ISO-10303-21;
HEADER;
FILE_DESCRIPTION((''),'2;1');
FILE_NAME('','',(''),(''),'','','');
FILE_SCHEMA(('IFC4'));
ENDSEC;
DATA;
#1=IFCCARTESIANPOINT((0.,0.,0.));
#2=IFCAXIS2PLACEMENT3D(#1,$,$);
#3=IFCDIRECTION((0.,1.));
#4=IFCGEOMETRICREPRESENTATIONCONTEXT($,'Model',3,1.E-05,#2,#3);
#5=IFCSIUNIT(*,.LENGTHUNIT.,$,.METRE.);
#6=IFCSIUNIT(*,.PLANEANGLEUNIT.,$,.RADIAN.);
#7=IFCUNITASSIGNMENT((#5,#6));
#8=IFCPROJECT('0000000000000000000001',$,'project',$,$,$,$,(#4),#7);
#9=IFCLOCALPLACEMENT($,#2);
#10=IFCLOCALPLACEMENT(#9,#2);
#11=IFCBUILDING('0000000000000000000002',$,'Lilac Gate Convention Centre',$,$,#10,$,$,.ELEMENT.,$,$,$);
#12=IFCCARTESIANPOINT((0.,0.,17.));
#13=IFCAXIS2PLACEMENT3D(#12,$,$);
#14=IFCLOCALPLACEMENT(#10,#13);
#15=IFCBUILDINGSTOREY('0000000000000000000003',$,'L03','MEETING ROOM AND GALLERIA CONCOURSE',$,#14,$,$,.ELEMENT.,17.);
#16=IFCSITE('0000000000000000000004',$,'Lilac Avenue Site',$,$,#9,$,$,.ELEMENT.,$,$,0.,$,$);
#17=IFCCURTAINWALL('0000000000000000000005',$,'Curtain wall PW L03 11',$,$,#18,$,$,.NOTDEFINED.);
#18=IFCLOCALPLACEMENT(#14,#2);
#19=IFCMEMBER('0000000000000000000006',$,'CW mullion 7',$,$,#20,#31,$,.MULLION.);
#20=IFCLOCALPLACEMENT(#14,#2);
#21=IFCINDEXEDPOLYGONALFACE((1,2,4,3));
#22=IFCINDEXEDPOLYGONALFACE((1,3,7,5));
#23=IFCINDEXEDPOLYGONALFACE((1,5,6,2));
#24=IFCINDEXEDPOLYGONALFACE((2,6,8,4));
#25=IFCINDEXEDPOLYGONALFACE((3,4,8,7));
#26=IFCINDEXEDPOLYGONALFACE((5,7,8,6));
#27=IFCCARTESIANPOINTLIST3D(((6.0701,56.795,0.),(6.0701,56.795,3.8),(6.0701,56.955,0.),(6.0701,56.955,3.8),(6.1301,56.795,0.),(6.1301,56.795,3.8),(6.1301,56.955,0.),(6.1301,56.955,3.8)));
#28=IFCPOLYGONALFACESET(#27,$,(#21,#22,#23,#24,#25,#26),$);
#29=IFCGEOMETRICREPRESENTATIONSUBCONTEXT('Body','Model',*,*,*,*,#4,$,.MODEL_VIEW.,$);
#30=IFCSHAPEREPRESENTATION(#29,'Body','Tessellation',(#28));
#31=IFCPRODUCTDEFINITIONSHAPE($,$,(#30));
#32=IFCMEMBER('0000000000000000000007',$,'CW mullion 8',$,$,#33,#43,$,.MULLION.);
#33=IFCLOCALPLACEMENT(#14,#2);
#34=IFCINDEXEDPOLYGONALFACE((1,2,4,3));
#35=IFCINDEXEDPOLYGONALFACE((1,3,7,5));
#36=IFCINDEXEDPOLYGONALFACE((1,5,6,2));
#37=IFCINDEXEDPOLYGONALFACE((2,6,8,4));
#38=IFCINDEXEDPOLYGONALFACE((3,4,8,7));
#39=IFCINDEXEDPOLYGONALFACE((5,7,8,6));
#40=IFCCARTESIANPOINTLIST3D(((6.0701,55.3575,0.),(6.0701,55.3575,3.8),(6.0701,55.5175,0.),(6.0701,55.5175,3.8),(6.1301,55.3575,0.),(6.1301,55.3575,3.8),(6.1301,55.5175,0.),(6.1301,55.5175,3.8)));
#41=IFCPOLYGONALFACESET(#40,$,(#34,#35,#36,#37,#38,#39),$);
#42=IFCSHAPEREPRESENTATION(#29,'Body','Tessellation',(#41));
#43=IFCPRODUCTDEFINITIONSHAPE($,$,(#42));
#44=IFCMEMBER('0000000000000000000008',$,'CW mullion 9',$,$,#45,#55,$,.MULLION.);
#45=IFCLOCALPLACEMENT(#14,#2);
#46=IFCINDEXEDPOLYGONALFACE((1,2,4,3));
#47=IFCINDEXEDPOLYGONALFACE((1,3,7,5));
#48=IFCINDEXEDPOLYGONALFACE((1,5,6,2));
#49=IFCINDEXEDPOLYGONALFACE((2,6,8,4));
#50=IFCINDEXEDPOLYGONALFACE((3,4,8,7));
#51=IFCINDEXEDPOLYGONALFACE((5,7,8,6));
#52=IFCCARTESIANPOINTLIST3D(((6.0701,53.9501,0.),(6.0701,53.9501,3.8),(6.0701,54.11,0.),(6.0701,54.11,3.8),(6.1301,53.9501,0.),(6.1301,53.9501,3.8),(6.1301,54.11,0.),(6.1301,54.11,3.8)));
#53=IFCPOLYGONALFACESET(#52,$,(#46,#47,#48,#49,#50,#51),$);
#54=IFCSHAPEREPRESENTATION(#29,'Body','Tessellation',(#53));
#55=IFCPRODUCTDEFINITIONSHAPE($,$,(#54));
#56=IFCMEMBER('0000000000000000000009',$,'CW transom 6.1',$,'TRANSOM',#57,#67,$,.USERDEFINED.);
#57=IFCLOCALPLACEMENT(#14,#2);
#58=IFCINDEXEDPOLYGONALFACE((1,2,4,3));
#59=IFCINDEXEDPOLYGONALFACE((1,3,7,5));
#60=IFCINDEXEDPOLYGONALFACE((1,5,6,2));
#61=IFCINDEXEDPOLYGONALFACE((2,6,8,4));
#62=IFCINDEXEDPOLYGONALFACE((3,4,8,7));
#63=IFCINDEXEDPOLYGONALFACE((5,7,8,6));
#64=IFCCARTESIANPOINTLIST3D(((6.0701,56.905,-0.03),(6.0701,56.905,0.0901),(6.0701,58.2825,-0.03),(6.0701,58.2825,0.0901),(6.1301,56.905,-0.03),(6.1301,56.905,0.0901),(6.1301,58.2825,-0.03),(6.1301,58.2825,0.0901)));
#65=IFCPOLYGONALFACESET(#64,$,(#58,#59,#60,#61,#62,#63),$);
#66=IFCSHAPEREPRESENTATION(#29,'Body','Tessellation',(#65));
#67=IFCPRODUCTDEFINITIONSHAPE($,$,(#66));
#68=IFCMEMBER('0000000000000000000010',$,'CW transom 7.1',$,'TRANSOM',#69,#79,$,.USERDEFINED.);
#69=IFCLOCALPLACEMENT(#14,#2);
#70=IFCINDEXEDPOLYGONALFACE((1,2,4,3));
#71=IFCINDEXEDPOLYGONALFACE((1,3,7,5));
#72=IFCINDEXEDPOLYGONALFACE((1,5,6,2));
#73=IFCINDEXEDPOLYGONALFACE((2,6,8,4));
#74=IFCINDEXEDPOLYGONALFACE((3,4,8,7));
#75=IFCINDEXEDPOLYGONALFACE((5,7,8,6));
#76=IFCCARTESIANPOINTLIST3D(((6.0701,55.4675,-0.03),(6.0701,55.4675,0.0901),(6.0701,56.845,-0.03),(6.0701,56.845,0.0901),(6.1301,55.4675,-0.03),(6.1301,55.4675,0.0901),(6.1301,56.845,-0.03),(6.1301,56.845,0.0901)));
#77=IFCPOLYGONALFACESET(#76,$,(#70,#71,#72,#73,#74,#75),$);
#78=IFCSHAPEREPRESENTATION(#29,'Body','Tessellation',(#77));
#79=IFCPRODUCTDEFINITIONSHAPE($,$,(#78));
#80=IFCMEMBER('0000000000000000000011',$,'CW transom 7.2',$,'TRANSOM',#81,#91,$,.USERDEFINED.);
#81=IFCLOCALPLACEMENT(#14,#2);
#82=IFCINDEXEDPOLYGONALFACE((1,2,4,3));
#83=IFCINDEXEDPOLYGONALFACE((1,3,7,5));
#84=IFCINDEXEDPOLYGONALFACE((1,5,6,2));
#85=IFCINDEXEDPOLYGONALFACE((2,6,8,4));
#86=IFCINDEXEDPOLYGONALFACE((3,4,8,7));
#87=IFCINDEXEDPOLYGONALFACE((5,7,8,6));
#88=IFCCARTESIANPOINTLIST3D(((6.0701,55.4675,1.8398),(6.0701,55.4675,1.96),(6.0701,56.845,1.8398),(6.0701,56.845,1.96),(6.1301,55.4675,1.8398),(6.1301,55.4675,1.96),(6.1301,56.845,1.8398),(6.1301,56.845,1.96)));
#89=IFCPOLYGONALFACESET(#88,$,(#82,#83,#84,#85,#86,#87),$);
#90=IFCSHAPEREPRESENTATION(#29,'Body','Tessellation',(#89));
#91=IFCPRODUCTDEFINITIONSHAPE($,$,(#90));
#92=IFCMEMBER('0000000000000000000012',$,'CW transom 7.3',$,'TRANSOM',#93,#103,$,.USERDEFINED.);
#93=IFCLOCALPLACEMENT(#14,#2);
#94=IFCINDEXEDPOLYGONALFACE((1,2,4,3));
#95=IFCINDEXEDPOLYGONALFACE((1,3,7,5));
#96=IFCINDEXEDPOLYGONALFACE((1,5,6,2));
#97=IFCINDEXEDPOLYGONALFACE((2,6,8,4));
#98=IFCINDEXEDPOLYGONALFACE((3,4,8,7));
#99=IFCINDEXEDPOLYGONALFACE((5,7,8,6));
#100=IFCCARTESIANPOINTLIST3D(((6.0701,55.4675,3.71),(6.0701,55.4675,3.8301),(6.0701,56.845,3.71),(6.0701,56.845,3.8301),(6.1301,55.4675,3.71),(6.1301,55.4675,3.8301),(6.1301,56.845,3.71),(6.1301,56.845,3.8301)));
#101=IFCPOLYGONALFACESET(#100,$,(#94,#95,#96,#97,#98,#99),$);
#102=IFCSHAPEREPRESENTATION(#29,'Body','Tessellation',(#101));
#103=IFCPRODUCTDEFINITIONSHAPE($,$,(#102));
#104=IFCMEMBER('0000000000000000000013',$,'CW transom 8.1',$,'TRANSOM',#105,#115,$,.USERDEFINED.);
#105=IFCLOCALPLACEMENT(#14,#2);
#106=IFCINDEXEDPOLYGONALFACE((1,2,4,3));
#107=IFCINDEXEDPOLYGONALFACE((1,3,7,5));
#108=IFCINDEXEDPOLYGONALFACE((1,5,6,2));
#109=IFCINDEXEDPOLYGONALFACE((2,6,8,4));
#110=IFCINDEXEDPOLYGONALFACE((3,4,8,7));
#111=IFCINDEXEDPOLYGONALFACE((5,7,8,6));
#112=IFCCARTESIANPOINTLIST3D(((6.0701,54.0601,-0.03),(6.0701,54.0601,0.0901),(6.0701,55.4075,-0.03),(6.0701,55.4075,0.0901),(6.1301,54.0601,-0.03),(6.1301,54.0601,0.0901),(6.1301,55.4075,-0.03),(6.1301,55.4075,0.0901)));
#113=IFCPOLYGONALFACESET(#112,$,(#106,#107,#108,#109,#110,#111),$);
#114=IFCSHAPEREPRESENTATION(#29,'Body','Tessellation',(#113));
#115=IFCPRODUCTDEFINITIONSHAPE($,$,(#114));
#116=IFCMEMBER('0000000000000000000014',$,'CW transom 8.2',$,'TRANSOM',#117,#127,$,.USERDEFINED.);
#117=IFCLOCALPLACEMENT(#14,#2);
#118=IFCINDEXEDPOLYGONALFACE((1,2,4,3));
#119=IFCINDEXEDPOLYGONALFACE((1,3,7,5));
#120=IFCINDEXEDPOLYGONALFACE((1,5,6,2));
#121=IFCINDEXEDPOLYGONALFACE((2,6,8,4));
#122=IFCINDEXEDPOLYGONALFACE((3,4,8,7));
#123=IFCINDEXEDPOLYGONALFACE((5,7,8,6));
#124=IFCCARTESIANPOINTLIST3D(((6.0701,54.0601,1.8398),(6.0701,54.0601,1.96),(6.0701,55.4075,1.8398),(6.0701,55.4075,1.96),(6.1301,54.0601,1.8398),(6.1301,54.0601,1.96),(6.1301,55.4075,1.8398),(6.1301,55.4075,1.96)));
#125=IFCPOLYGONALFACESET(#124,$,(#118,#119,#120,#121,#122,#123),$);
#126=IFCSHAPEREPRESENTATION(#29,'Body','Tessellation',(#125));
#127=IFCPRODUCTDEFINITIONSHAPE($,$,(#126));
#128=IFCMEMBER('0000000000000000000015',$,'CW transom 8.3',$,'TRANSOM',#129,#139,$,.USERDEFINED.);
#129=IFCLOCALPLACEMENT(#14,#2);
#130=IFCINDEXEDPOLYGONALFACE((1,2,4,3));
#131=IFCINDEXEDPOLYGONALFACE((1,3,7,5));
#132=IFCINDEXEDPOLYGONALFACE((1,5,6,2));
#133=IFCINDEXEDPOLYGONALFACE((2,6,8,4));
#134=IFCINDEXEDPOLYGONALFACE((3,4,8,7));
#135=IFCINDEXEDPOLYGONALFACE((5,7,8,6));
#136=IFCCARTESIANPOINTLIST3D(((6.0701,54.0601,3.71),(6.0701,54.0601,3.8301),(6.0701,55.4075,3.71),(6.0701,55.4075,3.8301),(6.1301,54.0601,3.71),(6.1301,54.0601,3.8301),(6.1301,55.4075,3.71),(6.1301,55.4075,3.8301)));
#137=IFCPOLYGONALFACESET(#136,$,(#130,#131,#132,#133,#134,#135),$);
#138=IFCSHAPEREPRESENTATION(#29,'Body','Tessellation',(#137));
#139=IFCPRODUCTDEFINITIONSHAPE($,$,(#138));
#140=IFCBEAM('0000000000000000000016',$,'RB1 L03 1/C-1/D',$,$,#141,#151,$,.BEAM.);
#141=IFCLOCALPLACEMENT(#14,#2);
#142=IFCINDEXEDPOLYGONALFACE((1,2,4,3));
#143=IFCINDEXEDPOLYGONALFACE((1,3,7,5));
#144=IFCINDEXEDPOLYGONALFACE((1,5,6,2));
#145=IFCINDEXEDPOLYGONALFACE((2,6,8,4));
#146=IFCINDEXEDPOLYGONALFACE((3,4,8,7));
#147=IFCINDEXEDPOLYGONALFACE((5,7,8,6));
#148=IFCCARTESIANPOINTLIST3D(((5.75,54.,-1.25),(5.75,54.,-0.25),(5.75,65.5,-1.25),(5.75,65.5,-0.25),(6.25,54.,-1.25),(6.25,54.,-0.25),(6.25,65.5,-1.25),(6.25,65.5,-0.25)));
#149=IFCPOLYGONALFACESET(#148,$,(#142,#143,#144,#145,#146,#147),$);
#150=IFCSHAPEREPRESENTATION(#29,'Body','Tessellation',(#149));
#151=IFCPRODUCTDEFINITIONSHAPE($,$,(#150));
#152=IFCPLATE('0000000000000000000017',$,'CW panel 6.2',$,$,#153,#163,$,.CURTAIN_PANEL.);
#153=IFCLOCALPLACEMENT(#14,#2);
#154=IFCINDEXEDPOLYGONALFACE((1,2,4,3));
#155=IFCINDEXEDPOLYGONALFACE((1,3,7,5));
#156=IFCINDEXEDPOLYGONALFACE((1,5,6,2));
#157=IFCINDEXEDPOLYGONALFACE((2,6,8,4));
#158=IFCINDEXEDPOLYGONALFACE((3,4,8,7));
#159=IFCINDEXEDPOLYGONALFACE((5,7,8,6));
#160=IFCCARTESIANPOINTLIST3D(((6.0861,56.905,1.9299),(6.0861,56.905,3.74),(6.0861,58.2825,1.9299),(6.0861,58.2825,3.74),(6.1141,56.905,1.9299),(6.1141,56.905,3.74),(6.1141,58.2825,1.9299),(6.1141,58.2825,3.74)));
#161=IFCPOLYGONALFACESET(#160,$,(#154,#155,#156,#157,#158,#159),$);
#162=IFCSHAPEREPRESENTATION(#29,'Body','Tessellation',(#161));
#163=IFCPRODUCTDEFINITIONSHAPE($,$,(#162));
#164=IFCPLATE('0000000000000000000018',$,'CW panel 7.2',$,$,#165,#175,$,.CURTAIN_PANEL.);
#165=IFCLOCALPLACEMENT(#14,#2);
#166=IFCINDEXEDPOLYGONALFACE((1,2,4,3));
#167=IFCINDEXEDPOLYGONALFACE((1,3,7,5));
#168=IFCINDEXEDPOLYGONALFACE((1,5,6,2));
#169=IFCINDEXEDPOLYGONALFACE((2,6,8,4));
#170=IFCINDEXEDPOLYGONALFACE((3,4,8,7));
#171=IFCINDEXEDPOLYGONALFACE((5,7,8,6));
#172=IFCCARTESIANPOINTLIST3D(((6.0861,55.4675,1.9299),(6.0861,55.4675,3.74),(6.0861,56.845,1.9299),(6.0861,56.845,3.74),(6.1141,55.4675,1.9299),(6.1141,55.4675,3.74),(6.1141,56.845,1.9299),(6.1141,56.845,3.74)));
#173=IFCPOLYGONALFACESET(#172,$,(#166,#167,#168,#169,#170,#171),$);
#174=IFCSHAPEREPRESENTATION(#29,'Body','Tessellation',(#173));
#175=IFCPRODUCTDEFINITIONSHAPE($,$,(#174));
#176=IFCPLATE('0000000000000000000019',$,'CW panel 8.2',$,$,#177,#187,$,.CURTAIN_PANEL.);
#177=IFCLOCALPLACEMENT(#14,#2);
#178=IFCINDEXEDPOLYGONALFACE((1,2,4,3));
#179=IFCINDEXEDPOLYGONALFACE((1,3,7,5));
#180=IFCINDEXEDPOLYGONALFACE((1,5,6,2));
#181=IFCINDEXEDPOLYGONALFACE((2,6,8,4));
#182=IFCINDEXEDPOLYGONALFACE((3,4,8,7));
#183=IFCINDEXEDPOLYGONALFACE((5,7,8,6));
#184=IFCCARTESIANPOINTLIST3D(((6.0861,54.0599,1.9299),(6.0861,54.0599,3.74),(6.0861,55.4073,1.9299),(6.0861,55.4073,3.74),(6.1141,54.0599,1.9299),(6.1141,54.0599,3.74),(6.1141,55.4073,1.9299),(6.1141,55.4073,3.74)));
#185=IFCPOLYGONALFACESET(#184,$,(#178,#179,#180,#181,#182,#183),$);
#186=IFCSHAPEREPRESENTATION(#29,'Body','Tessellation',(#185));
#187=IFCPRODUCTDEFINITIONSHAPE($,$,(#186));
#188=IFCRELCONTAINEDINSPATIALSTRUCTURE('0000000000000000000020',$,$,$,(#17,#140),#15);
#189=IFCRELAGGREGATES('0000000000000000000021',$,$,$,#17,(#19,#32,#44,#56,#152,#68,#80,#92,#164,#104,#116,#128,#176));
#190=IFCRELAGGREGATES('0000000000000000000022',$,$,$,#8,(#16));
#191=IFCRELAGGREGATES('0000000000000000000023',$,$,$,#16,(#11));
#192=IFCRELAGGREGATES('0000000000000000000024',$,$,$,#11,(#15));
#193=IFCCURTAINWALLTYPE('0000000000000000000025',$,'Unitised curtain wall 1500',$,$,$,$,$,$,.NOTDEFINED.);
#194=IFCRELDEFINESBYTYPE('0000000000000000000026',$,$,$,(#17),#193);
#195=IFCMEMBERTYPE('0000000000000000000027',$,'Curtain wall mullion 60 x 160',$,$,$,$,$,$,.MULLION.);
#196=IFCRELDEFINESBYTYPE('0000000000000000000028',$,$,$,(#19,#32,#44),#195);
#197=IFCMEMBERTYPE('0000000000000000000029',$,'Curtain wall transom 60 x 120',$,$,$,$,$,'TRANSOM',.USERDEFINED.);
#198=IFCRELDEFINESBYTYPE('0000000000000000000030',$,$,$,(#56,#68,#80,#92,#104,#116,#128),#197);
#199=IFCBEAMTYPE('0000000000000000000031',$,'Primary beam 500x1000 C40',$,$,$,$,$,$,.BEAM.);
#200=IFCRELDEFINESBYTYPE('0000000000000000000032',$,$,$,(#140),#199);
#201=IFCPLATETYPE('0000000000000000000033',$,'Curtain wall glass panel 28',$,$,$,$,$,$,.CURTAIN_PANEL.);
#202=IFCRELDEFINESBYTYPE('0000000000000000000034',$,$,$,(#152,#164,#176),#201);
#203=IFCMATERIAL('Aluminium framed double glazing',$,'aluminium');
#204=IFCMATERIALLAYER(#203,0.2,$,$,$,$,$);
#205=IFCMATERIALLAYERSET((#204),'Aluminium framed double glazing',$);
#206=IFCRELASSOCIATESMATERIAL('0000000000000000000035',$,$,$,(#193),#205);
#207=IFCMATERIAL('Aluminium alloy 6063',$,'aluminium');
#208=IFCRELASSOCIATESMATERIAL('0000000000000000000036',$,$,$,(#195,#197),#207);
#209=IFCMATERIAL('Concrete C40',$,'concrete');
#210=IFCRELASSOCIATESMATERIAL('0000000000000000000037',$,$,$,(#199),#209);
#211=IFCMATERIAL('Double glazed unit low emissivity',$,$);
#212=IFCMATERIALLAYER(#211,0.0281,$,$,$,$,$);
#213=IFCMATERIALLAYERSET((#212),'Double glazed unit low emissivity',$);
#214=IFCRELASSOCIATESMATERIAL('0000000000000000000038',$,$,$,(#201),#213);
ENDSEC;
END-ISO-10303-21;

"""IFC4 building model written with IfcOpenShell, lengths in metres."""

from ifc_helpers import new_model, si_unit, direction, frame, origin, origin_2d, place, context, subcontext, project, spatial, rectangle, extrude, material, layer, layer_set, material_profile, profile_set, type_object, element, aggregate, save


model = new_model("IFC4")

# Units and contexts
model_context = context("Model", 3, precision=1e-05, world=origin(), true_north=direction((0.0, 1.0)))
body_context = subcontext(model_context, "Body", "Model", "MODEL_VIEW")
ifc_project = project(units=[si_unit("LENGTHUNIT", "METRE"), si_unit("PLANEANGLEUNIT", "RADIAN")], contexts=[model_context])

# Site, building, storey
site_placement = place(None, origin())
site = spatial("IfcSite", under=ifc_project, at=site_placement, Name="Lilac Avenue Site", CompositionType="ELEMENT", RefElevation=0.0)
building_placement = place(site_placement, origin())
building = spatial("IfcBuilding", under=site, at=building_placement, Name="Lilac Gate Convention Centre", CompositionType="ELEMENT")
storey_placement = place(building_placement, frame((0.0, 0.0, 17.0)))
storey = spatial("IfcBuildingStorey", under=building, at=storey_placement, Name="L03", Description="MEETING ROOM AND GALLERIA CONCOURSE", CompositionType="ELEMENT", Elevation=17.0)

# Curtain wall, members
ifc_material_1 = material(Name="Aluminium framed double glazing", Category="aluminium")
ifc_layer_1 = layer(ifc_material_1, 0.2)
ifc_layer_set_1 = layer_set([ifc_layer_1], Name="Aluminium framed double glazing")
curtain_wall_type = type_object("IfcCurtainWallType", Name="Unitised curtain wall 1500", PredefinedType="NOTDEFINED", material=ifc_layer_set_1)
curtain_wall_placement = place(storey_placement, origin())
curtain_wall = element("IfcCurtainWall", 1, at=curtain_wall_placement, inside=storey, type_object=curtain_wall_type, Name="Curtain wall PW L03 11", PredefinedType="NOTDEFINED")
ifc_material_2 = material(Name="Aluminium alloy 6063", Category="aluminium")
ifc_material_profile_1 = material_profile(ifc_material_2, rectangle(XDim=0.0601, YDim=0.1599, at=origin_2d()), Name="Curtain wall mullion 60 x 160")
ifc_profile_set_1 = profile_set([ifc_material_profile_1], Name="Aluminium alloy 6063")
member_type_1 = type_object("IfcMemberType", Name="Curtain wall mullion 60 x 160", PredefinedType="MULLION", material=ifc_profile_set_1)
member_1_placement = place(storey_placement, frame((6.1001, 56.875, 0.0), z_axis=(0.0, 0.0, 1.0), x_axis=(1.0, 0.0, 0.0)))
member_1 = element("IfcMember", 2, at=member_1_placement, type_object=member_type_1, Name="CW mullion 7", PredefinedType="MULLION", context=body_context, shape_type="SweptSolid", body=[
    extrude(rectangle(XDim=0.0601, YDim=0.1599, at=origin_2d()), origin(), (0.0, 0.0, 1.0), 3.8),
])
member_2_placement = place(storey_placement, frame((6.1001, 55.4375, 0.0), z_axis=(0.0, 0.0, 1.0), x_axis=(1.0, 0.0, 0.0)))
member_2 = element("IfcMember", 3, at=member_2_placement, type_object=member_type_1, Name="CW mullion 8", PredefinedType="MULLION", context=body_context, shape_type="SweptSolid", body=[
    extrude(rectangle(XDim=0.0601, YDim=0.1599, at=origin_2d()), origin(), (0.0, 0.0, 1.0), 3.8),
])
member_3_placement = place(storey_placement, frame((6.1001, 54.03, 0.0), z_axis=(0.0, 0.0, 1.0), x_axis=(1.0, 0.0, 0.0)))
member_3 = element("IfcMember", 4, at=member_3_placement, type_object=member_type_1, Name="CW mullion 9", PredefinedType="MULLION", context=body_context, shape_type="SweptSolid", body=[
    extrude(rectangle(XDim=0.0601, YDim=0.1599, at=origin_2d()), origin(), (0.0, 0.0, 1.0), 3.8),
])
ifc_material_profile_2 = material_profile(ifc_material_2, rectangle(XDim=0.0601, YDim=0.1201, at=origin_2d()), Name="Curtain wall transom 60 x 120")
ifc_profile_set_2 = profile_set([ifc_material_profile_2], Name="Aluminium alloy 6063")
member_type_2 = type_object("IfcMemberType", Name="Curtain wall transom 60 x 120", ElementType="TRANSOM", PredefinedType="USERDEFINED", material=ifc_profile_set_2)
member_4_placement = place(storey_placement, frame((6.1001, 58.2825, 0.03), z_axis=(0.0, -1.0, 0.0), x_axis=(1.0, 0.0, 0.0)))
member_4 = element("IfcMember", 5, at=member_4_placement, type_object=member_type_2, Name="CW transom 6.1", ObjectType="TRANSOM", PredefinedType="USERDEFINED", context=body_context, shape_type="SweptSolid", body=[
    extrude(rectangle(XDim=0.0601, YDim=0.1201, at=origin_2d()), origin(), (0.0, 0.0, 1.0), 1.3774),
])
member_5_placement = place(storey_placement, frame((6.1001, 56.845, 0.03), z_axis=(0.0, -1.0, 0.0), x_axis=(1.0, 0.0, 0.0)))
member_5 = element("IfcMember", 6, at=member_5_placement, type_object=member_type_2, Name="CW transom 7.1", ObjectType="TRANSOM", PredefinedType="USERDEFINED", context=body_context, shape_type="SweptSolid", body=[
    extrude(rectangle(XDim=0.0601, YDim=0.1201, at=origin_2d()), origin(), (0.0, 0.0, 1.0), 1.3774),
])
member_6_placement = place(storey_placement, frame((6.1001, 56.845, 1.8999), z_axis=(0.0, -1.0, 0.0), x_axis=(1.0, 0.0, 0.0)))
member_6 = element("IfcMember", 7, at=member_6_placement, type_object=member_type_2, Name="CW transom 7.2", ObjectType="TRANSOM", PredefinedType="USERDEFINED", context=body_context, shape_type="SweptSolid", body=[
    extrude(rectangle(XDim=0.0601, YDim=0.1201, at=origin_2d()), origin(), (0.0, 0.0, 1.0), 1.3774),
])
member_7_placement = place(storey_placement, frame((6.1001, 56.845, 3.77), z_axis=(0.0, -1.0, 0.0), x_axis=(1.0, 0.0, 0.0)))
member_7 = element("IfcMember", 8, at=member_7_placement, type_object=member_type_2, Name="CW transom 7.3", ObjectType="TRANSOM", PredefinedType="USERDEFINED", context=body_context, shape_type="SweptSolid", body=[
    extrude(rectangle(XDim=0.0601, YDim=0.1201, at=origin_2d()), origin(), (0.0, 0.0, 1.0), 1.3774),
])
member_8_placement = place(storey_placement, frame((6.1001, 55.4075, 0.03), z_axis=(0.0, -1.0, 0.0), x_axis=(1.0, 0.0, 0.0)))
member_8 = element("IfcMember", 9, at=member_8_placement, type_object=member_type_2, Name="CW transom 8.1", ObjectType="TRANSOM", PredefinedType="USERDEFINED", context=body_context, shape_type="SweptSolid", body=[
    extrude(rectangle(XDim=0.0601, YDim=0.1201, at=origin_2d()), origin(), (0.0, 0.0, 1.0), 1.3474),
])
member_9_placement = place(storey_placement, frame((6.1001, 55.4075, 1.8999), z_axis=(0.0, -1.0, 0.0), x_axis=(1.0, 0.0, 0.0)))
member_9 = element("IfcMember", 10, at=member_9_placement, type_object=member_type_2, Name="CW transom 8.2", ObjectType="TRANSOM", PredefinedType="USERDEFINED", context=body_context, shape_type="SweptSolid", body=[
    extrude(rectangle(XDim=0.0601, YDim=0.1201, at=origin_2d()), origin(), (0.0, 0.0, 1.0), 1.3474),
])
member_10_placement = place(storey_placement, frame((6.1001, 55.4075, 3.77), z_axis=(0.0, -1.0, 0.0), x_axis=(1.0, 0.0, 0.0)))
member_10 = element("IfcMember", 11, at=member_10_placement, type_object=member_type_2, Name="CW transom 8.3", ObjectType="TRANSOM", PredefinedType="USERDEFINED", context=body_context, shape_type="SweptSolid", body=[
    extrude(rectangle(XDim=0.0601, YDim=0.1201, at=origin_2d()), origin(), (0.0, 0.0, 1.0), 1.3474),
])

# Beam
ifc_material_3 = material(Name="Concrete C40", Category="concrete")
ifc_material_profile_3 = material_profile(ifc_material_3, rectangle(XDim=0.5, YDim=1.0, at=origin_2d()), Name="RC 500x1000")
ifc_profile_set_3 = profile_set([ifc_material_profile_3], Name="Concrete C40")
beam_type = type_object("IfcBeamType", Name="Primary beam 500x1000 C40", PredefinedType="BEAM", material=ifc_profile_set_3)
beam_placement = place(storey_placement, frame((6.0, 54.0, -0.75), z_axis=(0.0, 1.0, 0.0), x_axis=(-1.0, 0.0, 0.0)))
element("IfcBeam", 12, at=beam_placement, inside=storey, type_object=beam_type, Name="RB1 L03 1/C-1/D", PredefinedType="BEAM", context=body_context, shape_type="SweptSolid", body=[
    extrude(rectangle(XDim=0.5, YDim=1.0, at=origin_2d()), origin(), (0.0, 0.0, 1.0), 11.5),
])

# Plates
ifc_material_4 = material(Name="Double glazed unit low emissivity")
ifc_layer_2 = layer(ifc_material_4, 0.0281)
ifc_layer_set_2 = layer_set([ifc_layer_2], Name="Double glazed unit low emissivity")
plate_type_1 = type_object("IfcPlateType", Name="Curtain wall glass panel 28", PredefinedType="CURTAIN_PANEL", material=ifc_layer_set_2)
plate_1_placement = place(storey_placement, frame((6.1001, 57.5938, 1.9299), z_axis=(0.0, 0.0, 1.0), x_axis=(0.0, -1.0, 0.0)))
plate_1 = element("IfcPlate", 13, at=plate_1_placement, type_object=plate_type_1, Name="CW panel 6.2", PredefinedType="CURTAIN_PANEL", context=body_context, shape_type="SweptSolid", body=[
    extrude(rectangle(XDim=1.3774, YDim=0.0281, at=origin_2d()), origin(), (0.0, 0.0, 1.0), 1.8101),
])
plate_2_placement = place(storey_placement, frame((6.1001, 56.1562, 1.9299), z_axis=(0.0, 0.0, 1.0), x_axis=(0.0, -1.0, 0.0)))
plate_2 = element("IfcPlate", 14, at=plate_2_placement, type_object=plate_type_1, Name="CW panel 7.2", PredefinedType="CURTAIN_PANEL", context=body_context, shape_type="SweptSolid", body=[
    extrude(rectangle(XDim=1.3774, YDim=0.0281, at=origin_2d()), origin(), (0.0, 0.0, 1.0), 1.8101),
])
plate_3_placement = place(storey_placement, frame((6.1001, 54.7336, 1.9299), z_axis=(0.0, 0.0, 1.0), x_axis=(0.0, -1.0, 0.0)))
plate_3 = element("IfcPlate", 15, at=plate_3_placement, type_object=plate_type_1, Name="CW panel 8.2", PredefinedType="CURTAIN_PANEL", context=body_context, shape_type="SweptSolid", body=[
    extrude(rectangle(XDim=1.3474, YDim=0.0281, at=origin_2d()), origin(), (0.0, 0.0, 1.0), 1.8101),
])
aggregate(curtain_wall, [member_1, member_2, member_3, member_4, plate_1, member_5, member_6, member_7, plate_2, member_8, member_9, member_10, plate_3])

save(model, "model.ifc")
